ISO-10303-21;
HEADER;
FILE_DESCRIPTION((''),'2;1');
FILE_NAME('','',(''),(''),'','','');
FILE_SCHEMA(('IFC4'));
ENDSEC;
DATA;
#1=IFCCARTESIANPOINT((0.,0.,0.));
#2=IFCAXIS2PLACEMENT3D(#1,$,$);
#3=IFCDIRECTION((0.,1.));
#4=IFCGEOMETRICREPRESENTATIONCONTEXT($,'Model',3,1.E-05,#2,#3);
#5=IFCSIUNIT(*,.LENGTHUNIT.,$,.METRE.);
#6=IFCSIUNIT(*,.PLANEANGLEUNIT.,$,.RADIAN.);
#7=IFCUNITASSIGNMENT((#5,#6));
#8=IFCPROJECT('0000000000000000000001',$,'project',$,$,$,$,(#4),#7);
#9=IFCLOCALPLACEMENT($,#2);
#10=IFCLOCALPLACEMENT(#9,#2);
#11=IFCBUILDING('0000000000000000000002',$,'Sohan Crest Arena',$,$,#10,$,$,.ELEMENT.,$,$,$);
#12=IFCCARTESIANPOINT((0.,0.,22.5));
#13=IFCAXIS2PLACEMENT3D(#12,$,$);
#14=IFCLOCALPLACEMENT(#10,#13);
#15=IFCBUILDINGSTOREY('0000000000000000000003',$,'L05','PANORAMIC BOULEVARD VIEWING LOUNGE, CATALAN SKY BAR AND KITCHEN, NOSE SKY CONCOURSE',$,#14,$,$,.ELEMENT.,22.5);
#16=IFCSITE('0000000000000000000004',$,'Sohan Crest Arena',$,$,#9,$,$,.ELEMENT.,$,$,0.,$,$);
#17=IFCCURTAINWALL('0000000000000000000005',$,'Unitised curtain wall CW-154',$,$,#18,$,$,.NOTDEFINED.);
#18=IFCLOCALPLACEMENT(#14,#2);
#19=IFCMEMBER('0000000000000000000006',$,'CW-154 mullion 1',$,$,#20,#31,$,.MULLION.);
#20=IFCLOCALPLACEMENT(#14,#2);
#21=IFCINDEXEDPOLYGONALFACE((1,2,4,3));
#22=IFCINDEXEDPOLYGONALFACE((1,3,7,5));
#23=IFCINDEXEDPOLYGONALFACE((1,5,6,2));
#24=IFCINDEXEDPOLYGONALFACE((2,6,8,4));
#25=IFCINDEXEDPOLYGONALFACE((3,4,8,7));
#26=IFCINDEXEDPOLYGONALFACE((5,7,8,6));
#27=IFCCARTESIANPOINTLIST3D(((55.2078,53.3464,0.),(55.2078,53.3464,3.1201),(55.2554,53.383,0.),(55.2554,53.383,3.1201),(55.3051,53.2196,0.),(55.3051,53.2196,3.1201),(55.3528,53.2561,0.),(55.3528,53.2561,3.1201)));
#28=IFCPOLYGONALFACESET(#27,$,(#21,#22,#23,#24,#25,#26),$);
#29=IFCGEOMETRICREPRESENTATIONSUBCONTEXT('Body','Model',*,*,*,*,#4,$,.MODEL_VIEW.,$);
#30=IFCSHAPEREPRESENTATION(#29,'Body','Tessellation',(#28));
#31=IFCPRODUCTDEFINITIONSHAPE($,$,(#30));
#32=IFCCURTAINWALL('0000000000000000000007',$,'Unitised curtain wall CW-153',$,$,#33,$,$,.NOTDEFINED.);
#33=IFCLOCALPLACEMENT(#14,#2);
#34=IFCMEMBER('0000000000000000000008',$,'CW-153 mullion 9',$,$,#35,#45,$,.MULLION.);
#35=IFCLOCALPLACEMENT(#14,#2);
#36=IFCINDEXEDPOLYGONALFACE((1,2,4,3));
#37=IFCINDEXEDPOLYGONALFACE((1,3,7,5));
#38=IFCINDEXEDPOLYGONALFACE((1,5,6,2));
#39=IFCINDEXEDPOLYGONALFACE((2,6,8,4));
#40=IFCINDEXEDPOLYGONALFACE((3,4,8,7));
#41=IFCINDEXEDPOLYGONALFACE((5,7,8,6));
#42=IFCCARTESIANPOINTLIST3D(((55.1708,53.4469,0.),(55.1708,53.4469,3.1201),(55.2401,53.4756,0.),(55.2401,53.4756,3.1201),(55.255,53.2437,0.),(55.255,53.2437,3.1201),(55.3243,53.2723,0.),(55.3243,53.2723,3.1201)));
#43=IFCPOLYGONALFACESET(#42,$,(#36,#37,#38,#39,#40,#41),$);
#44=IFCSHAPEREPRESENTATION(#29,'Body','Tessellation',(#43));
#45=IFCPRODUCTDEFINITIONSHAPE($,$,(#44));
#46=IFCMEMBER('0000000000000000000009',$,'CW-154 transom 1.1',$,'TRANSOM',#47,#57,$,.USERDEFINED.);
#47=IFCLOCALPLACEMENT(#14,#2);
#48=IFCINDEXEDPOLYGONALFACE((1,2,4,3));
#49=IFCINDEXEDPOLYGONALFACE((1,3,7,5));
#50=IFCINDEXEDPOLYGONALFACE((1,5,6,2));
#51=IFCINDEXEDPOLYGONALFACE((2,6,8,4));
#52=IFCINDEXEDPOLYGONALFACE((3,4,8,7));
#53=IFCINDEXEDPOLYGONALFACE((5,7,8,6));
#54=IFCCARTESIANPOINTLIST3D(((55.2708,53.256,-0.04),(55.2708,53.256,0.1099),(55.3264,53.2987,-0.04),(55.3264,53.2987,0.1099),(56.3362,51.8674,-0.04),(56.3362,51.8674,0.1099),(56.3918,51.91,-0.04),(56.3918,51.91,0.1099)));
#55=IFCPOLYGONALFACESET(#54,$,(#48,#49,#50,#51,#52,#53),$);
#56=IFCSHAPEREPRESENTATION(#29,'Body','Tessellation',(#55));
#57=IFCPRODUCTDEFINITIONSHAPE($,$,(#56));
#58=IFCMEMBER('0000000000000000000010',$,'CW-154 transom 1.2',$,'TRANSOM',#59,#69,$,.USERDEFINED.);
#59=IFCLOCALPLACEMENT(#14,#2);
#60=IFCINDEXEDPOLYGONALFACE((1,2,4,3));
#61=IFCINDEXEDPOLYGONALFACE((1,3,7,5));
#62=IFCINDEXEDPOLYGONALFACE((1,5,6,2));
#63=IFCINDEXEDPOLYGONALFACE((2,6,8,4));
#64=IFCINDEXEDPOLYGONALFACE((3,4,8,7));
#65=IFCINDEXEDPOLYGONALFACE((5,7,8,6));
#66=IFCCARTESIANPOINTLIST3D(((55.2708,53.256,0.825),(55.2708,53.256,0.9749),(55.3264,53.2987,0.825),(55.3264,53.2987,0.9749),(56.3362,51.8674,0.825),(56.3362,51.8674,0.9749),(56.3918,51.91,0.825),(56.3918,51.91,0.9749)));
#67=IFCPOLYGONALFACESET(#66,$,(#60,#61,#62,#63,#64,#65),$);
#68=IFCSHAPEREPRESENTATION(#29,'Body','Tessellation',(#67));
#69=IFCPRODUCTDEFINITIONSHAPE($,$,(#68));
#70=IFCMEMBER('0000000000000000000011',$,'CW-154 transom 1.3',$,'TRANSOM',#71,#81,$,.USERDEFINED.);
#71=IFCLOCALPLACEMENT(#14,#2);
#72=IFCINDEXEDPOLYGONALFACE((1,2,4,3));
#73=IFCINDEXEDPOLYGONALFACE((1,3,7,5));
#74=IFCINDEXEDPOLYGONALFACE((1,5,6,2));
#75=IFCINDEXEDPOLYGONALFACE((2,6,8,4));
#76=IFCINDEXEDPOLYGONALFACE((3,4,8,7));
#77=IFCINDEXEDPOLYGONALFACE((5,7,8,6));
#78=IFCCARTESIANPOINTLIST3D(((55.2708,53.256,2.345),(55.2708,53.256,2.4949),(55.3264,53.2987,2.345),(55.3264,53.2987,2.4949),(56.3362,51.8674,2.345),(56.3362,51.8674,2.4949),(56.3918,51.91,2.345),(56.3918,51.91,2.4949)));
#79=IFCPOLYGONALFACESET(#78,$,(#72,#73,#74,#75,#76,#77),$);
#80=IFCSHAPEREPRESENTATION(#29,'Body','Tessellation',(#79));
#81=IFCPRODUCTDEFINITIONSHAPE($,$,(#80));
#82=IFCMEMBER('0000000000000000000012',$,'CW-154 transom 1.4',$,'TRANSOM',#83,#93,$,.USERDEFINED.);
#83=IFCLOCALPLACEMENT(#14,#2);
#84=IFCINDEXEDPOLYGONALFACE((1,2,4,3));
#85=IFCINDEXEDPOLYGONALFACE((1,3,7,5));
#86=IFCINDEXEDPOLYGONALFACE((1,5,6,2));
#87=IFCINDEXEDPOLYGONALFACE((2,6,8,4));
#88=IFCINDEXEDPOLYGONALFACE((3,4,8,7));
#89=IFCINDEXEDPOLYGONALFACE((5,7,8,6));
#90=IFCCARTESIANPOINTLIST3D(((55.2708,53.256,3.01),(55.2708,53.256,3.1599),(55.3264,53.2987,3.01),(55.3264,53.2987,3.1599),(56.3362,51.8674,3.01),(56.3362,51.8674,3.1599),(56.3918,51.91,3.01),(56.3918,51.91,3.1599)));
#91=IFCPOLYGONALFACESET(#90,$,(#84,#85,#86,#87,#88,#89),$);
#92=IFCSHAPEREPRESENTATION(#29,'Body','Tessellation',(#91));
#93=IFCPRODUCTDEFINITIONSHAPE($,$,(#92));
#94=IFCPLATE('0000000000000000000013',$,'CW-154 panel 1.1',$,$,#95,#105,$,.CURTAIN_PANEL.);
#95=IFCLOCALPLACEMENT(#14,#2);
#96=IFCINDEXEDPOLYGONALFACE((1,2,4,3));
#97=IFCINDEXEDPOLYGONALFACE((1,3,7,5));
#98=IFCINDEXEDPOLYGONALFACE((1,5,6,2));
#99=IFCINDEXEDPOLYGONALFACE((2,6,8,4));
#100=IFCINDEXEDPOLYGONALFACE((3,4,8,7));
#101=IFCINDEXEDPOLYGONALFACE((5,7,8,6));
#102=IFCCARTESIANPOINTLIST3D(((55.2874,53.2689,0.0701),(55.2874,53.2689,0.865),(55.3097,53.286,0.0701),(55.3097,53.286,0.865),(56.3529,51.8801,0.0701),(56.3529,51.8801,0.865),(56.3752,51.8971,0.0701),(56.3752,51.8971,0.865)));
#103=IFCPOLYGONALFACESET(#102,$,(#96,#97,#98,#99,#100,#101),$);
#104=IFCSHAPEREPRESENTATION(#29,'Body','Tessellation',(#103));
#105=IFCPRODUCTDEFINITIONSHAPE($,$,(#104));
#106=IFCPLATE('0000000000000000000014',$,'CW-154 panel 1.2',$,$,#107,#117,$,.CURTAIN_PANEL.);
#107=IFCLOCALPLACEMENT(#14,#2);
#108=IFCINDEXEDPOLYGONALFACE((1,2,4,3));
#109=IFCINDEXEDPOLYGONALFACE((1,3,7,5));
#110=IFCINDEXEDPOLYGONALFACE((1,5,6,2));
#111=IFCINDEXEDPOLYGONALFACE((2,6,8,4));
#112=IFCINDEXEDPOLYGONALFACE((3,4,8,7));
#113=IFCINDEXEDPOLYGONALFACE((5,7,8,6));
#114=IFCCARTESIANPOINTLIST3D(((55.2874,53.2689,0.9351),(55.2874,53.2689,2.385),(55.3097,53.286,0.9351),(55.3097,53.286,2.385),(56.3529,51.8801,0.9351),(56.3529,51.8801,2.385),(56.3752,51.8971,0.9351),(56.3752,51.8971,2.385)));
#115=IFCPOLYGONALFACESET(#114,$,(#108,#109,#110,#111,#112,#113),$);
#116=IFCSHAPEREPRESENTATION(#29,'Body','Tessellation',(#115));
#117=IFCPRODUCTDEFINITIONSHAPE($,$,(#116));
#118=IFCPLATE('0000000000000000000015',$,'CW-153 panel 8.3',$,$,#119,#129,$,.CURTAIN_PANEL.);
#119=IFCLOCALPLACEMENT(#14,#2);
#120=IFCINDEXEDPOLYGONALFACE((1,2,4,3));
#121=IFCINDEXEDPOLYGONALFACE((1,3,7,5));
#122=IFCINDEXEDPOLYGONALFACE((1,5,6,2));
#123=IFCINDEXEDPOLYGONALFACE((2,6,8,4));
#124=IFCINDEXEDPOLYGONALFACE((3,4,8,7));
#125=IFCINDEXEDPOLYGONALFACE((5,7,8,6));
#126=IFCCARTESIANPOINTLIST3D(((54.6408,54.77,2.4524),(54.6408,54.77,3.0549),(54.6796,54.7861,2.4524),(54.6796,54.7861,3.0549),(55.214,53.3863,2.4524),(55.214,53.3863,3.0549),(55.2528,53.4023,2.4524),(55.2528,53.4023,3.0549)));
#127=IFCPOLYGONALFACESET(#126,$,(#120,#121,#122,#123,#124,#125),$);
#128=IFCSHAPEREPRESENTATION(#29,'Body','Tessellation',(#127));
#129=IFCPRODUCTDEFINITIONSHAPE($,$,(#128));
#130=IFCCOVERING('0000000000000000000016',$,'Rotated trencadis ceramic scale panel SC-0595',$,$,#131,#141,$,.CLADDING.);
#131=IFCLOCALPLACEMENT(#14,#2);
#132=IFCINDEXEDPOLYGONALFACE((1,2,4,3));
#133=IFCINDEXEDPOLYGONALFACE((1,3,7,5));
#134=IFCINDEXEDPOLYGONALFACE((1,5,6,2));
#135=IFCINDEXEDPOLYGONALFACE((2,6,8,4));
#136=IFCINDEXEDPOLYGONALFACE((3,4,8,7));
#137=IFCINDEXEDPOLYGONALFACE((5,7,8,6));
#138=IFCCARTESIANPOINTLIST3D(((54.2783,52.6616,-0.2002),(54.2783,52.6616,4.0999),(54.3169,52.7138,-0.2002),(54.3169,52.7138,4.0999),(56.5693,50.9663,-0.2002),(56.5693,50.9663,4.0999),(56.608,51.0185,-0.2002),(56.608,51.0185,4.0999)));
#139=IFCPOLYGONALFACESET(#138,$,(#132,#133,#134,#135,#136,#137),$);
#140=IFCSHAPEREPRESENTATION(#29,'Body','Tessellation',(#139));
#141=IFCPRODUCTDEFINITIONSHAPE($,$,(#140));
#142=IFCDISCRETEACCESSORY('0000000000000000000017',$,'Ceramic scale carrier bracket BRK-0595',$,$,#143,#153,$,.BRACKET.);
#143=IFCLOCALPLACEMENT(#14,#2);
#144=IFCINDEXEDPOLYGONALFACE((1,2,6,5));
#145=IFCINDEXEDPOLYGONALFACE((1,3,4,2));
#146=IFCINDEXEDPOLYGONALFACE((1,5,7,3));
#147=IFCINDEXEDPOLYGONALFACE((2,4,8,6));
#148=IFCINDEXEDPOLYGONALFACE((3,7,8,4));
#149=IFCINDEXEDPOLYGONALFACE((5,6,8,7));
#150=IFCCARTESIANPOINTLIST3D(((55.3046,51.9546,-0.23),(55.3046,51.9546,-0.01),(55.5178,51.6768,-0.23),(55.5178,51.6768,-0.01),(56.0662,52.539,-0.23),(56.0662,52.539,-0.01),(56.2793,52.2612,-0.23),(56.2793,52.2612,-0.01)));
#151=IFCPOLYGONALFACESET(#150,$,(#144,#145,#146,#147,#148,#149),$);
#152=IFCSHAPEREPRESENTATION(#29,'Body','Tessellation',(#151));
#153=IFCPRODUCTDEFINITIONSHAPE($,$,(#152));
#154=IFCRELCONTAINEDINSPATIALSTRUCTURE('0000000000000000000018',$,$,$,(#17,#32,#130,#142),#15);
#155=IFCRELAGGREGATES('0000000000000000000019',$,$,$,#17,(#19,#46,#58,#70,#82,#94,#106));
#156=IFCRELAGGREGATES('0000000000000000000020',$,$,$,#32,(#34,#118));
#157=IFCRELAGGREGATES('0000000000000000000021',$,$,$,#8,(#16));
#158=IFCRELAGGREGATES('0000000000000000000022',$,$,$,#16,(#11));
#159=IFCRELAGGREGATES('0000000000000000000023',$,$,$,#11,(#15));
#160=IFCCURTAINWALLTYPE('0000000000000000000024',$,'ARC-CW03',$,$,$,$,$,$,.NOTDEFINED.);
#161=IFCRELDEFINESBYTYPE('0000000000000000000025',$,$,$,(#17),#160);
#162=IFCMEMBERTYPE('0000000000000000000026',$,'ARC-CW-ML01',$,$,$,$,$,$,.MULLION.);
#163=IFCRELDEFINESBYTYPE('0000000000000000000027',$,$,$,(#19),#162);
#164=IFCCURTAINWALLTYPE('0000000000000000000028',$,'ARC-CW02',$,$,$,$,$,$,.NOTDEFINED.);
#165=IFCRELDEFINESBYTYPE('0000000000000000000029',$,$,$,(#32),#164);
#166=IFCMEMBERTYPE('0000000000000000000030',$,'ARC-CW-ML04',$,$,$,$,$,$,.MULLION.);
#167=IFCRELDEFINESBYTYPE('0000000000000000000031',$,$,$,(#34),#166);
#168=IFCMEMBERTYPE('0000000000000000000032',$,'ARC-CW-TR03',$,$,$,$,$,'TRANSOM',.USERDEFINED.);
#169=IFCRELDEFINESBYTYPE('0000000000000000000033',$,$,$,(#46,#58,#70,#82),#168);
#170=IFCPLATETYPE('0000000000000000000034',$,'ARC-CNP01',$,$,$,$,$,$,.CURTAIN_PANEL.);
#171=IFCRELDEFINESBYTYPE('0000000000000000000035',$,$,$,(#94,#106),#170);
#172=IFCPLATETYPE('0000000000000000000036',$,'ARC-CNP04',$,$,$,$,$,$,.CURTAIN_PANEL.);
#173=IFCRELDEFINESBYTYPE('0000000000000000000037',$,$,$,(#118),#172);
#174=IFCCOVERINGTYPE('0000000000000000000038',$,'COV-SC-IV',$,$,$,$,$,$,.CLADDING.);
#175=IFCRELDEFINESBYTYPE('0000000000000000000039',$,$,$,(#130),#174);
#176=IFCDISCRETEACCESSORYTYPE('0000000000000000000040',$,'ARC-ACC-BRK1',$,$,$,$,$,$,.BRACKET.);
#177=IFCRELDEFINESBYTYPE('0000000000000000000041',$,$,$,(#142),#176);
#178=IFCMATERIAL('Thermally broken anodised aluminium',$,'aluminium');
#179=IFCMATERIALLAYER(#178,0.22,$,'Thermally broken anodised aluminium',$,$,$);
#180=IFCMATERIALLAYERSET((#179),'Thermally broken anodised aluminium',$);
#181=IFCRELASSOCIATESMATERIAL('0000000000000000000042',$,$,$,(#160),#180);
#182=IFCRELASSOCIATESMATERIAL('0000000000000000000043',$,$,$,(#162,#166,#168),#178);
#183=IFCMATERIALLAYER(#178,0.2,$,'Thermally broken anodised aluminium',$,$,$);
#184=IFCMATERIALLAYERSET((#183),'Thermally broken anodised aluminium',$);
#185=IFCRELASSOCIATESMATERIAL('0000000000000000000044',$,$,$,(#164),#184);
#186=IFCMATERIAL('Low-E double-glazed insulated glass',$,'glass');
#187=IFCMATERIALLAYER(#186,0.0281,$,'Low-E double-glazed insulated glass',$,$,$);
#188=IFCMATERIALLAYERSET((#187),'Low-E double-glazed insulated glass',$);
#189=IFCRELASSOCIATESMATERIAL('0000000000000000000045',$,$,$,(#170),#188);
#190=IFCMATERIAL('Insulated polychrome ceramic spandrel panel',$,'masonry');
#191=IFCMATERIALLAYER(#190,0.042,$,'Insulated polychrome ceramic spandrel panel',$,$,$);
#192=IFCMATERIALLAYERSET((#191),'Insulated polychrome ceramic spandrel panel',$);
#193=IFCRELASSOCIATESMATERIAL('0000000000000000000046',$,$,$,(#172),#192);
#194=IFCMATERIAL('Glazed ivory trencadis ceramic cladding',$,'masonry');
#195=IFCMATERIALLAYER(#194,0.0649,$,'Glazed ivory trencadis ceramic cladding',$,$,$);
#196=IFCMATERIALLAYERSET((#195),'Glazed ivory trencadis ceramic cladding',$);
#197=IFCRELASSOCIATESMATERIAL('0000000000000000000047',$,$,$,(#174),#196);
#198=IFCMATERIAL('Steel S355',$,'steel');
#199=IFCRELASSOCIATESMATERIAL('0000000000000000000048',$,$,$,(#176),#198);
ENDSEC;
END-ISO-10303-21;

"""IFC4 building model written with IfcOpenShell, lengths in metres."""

from ifc_helpers import new_model, si_unit, direction, frame, origin, origin_2d, place, context, subcontext, project, spatial, rectangle, extrude, material, layer, layer_set, material_profile, profile_set, type_object, element, aggregate, save


model = new_model("IFC4")

# Units and contexts
model_context = context("Model", 3, precision=1e-05, world=origin(), true_north=direction((0.0, 1.0)))
body_context = subcontext(model_context, "Body", "Model", "MODEL_VIEW")
ifc_project = project(units=[si_unit("LENGTHUNIT", "METRE"), si_unit("PLANEANGLEUNIT", "RADIAN")], contexts=[model_context])

# Site, building, storey
site_placement = place(None, origin())
site = spatial("IfcSite", under=ifc_project, at=site_placement, Name="Sohan Crest Arena", CompositionType="ELEMENT", RefElevation=0.0)
building_placement = place(site_placement, origin())
building = spatial("IfcBuilding", under=site, at=building_placement, Name="Sohan Crest Arena", CompositionType="ELEMENT")
storey_placement = place(building_placement, frame((0.0, 0.0, 22.5)))
storey = spatial("IfcBuildingStorey", under=building, at=storey_placement, Name="L05", Description="PANORAMIC BOULEVARD VIEWING LOUNGE, CATALAN SKY BAR AND KITCHEN, NOSE SKY CONCOURSE", CompositionType="ELEMENT", Elevation=22.5)

# Curtain walls, members
ifc_material_1 = material(Name="Thermally broken anodised aluminium", Category="aluminium")
ifc_layer_1 = layer(ifc_material_1, 0.22, Name="Thermally broken anodised aluminium")
ifc_layer_set_1 = layer_set([ifc_layer_1], Name="Thermally broken anodised aluminium")
curtain_wall_type_1 = type_object("IfcCurtainWallType", Name="ARC-CW03", PredefinedType="NOTDEFINED", material=ifc_layer_set_1)
curtain_wall_1_placement = place(storey_placement, origin())
curtain_wall_1 = element("IfcCurtainWall", 1, at=curtain_wall_1_placement, inside=storey, type_object=curtain_wall_type_1, Name="Unitised curtain wall CW-154", PredefinedType="NOTDEFINED")
ifc_material_profile_1 = material_profile(ifc_material_1, rectangle(XDim=0.0601, YDim=0.1599, at=origin_2d()), Name="ALU-MULL 60x160")
ifc_profile_set_1 = profile_set([ifc_material_profile_1], Name="Thermally broken anodised aluminium")
member_type_1 = type_object("IfcMemberType", Name="ARC-CW-ML01", PredefinedType="MULLION", material=ifc_profile_set_1)
member_1_placement = place(storey_placement, frame((55.2803, 53.3013, 0.0), z_axis=(0.0, 0.0, 1.0), x_axis=(0.793385, 0.60872, 0.0)))
member_1 = element("IfcMember", 2, at=member_1_placement, type_object=member_type_1, Name="CW-154 mullion 1", PredefinedType="MULLION", context=body_context, shape_type="SweptSolid", body=[
    extrude(rectangle(XDim=0.0601, YDim=0.1599, at=origin_2d()), origin(), (0.0, 0.0, 1.0), 3.1201),
])
ifc_layer_2 = layer(ifc_material_1, 0.2, Name="Thermally broken anodised aluminium")
ifc_layer_set_2 = layer_set([ifc_layer_2], Name="Thermally broken anodised aluminium")
curtain_wall_type_2 = type_object("IfcCurtainWallType", Name="ARC-CW02", PredefinedType="NOTDEFINED", material=ifc_layer_set_2)
curtain_wall_2_placement = place(storey_placement, origin())
curtain_wall_2 = element("IfcCurtainWall", 3, at=curtain_wall_2_placement, inside=storey, type_object=curtain_wall_type_2, Name="Unitised curtain wall CW-153", PredefinedType="NOTDEFINED")
ifc_material_profile_2 = material_profile(ifc_material_1, rectangle(XDim=0.075, YDim=0.22, at=origin_2d()), Name="ALU-MULL 75x220")
ifc_profile_set_2 = profile_set([ifc_material_profile_2], Name="Thermally broken anodised aluminium")
member_type_2 = type_object("IfcMemberType", Name="ARC-CW-ML04", PredefinedType="MULLION", material=ifc_profile_set_2)
member_2_placement = place(storey_placement, frame((55.2476, 53.3596, 0.0), z_axis=(0.0, 0.0, 1.0), x_axis=(0.923879, 0.382685, 0.0)))
member_2 = element("IfcMember", 4, at=member_2_placement, type_object=member_type_2, Name="CW-153 mullion 9", PredefinedType="MULLION", context=body_context, shape_type="SweptSolid", body=[
    extrude(rectangle(XDim=0.075, YDim=0.22, at=origin_2d()), origin(), (0.0, 0.0, 1.0), 3.1201),
])

# Members
ifc_material_profile_3 = material_profile(ifc_material_1, rectangle(XDim=0.0701, YDim=0.1499, at=origin_2d()), Name="ALU-TRAN 70x150")
ifc_profile_set_3 = profile_set([ifc_material_profile_3], Name="Thermally broken anodised aluminium")
member_type_3 = type_object("IfcMemberType", Name="ARC-CW-TR03", ElementType="TRANSOM", PredefinedType="USERDEFINED", material=ifc_profile_set_3)
member_3_placement = place(storey_placement, frame((55.2986, 53.2773, 0.0349), z_axis=(0.608713, -0.793391, 0.0), x_axis=(0.793391, 0.608713, 0.0)))
member_3 = element("IfcMember", 5, at=member_3_placement, type_object=member_type_3, Name="CW-154 transom 1.1", ObjectType="TRANSOM", PredefinedType="USERDEFINED", context=body_context, shape_type="SweptSolid", body=[
    extrude(rectangle(XDim=0.0701, YDim=0.1499, at=origin_2d()), origin(), (0.0, 0.0, 1.0), 1.7502),
])
member_4_placement = place(storey_placement, frame((55.2986, 53.2773, 0.8999), z_axis=(0.608713, -0.793391, 0.0), x_axis=(0.793391, 0.608713, 0.0)))
member_4 = element("IfcMember", 6, at=member_4_placement, type_object=member_type_3, Name="CW-154 transom 1.2", ObjectType="TRANSOM", PredefinedType="USERDEFINED", context=body_context, shape_type="SweptSolid", body=[
    extrude(rectangle(XDim=0.0701, YDim=0.1499, at=origin_2d()), origin(), (0.0, 0.0, 1.0), 1.7502),
])
member_5_placement = place(storey_placement, frame((55.2986, 53.2773, 2.4199), z_axis=(0.608713, -0.793391, 0.0), x_axis=(0.793391, 0.608713, 0.0)))
member_5 = element("IfcMember", 7, at=member_5_placement, type_object=member_type_3, Name="CW-154 transom 1.3", ObjectType="TRANSOM", PredefinedType="USERDEFINED", context=body_context, shape_type="SweptSolid", body=[
    extrude(rectangle(XDim=0.0701, YDim=0.1499, at=origin_2d()), origin(), (0.0, 0.0, 1.0), 1.7502),
])
member_6_placement = place(storey_placement, frame((55.2986, 53.2773, 3.085), z_axis=(0.608713, -0.793391, 0.0), x_axis=(0.793391, 0.608713, 0.0)))
member_6 = element("IfcMember", 8, at=member_6_placement, type_object=member_type_3, Name="CW-154 transom 1.4", ObjectType="TRANSOM", PredefinedType="USERDEFINED", context=body_context, shape_type="SweptSolid", body=[
    extrude(rectangle(XDim=0.0701, YDim=0.1499, at=origin_2d()), origin(), (0.0, 0.0, 1.0), 1.7502),
])

# Plates
ifc_material_2 = material(Name="Low-E double-glazed insulated glass", Category="glass")
ifc_layer_3 = layer(ifc_material_2, 0.0281, Name="Low-E double-glazed insulated glass")
ifc_layer_set_3 = layer_set([ifc_layer_3], Name="Low-E double-glazed insulated glass")
plate_type_1 = type_object("IfcPlateType", Name="ARC-CNP01", PredefinedType="CURTAIN_PANEL", material=ifc_layer_set_3)
plate_1_placement = place(storey_placement, frame((55.8313, 52.583, 0.0701), z_axis=(0.0, 0.0, 1.0), x_axis=(0.60872, -0.793385, 0.0)))
plate_1 = element("IfcPlate", 9, at=plate_1_placement, type_object=plate_type_1, Name="CW-154 panel 1.1", PredefinedType="CURTAIN_PANEL", context=body_context, shape_type="SweptSolid", body=[
    extrude(rectangle(XDim=1.7505, YDim=0.0281, at=origin_2d()), origin(), (0.0, 0.0, 1.0), 0.7949),
])
plate_2_placement = place(storey_placement, frame((55.8313, 52.583, 0.9351), z_axis=(0.0, 0.0, 1.0), x_axis=(0.60872, -0.793385, 0.0)))
plate_2 = element("IfcPlate", 10, at=plate_2_placement, type_object=plate_type_1, Name="CW-154 panel 1.2", PredefinedType="CURTAIN_PANEL", context=body_context, shape_type="SweptSolid", body=[
    extrude(rectangle(XDim=1.7505, YDim=0.0281, at=origin_2d()), origin(), (0.0, 0.0, 1.0), 1.45),
])
aggregate(curtain_wall_1, [member_1, member_3, member_4, member_5, member_6, plate_1, plate_2])
ifc_material_3 = material(Name="Insulated polychrome ceramic spandrel panel", Category="masonry")
ifc_layer_4 = layer(ifc_material_3, 0.042, Name="Insulated polychrome ceramic spandrel panel")
ifc_layer_set_4 = layer_set([ifc_layer_4], Name="Insulated polychrome ceramic spandrel panel")
plate_type_2 = type_object("IfcPlateType", Name="ARC-CNP04", PredefinedType="CURTAIN_PANEL", material=ifc_layer_set_4)
plate_3_placement = place(storey_placement, frame((54.9468, 54.0862, 2.4524), z_axis=(0.0, 0.0, 1.0), x_axis=(0.382685, -0.923879, 0.0)))
plate_3 = element("IfcPlate", 11, at=plate_3_placement, type_object=plate_type_2, Name="CW-153 panel 8.3", PredefinedType="CURTAIN_PANEL", context=body_context, shape_type="SweptSolid", body=[
    extrude(rectangle(XDim=1.4978, YDim=0.042, at=origin_2d()), origin(), (0.0, 0.0, 1.0), 0.6025),
])
aggregate(curtain_wall_2, [member_2, plate_3])

# Covering
ifc_material_4 = material(Name="Glazed ivory trencadis ceramic cladding", Category="masonry")
ifc_layer_5 = layer(ifc_material_4, 0.0649, Name="Glazed ivory trencadis ceramic cladding")
ifc_layer_set_5 = layer_set([ifc_layer_5], Name="Glazed ivory trencadis ceramic cladding")
covering_type = type_object("IfcCoveringType", Name="COV-SC-IV", PredefinedType="CLADDING", material=ifc_layer_set_5)
covering_placement = place(storey_placement, frame((55.4431, 51.8401, -0.2002), z_axis=(0.0, 0.0, 1.0), x_axis=(0.803857, -0.594823, 0.0)))
element("IfcCovering", 12, at=covering_placement, inside=storey, type_object=covering_type, Name="Rotated trencadis ceramic scale panel SC-0595", PredefinedType="CLADDING", context=body_context, shape_type="SweptSolid", body=[
    extrude(rectangle(XDim=2.8501, YDim=0.0649, at=origin_2d()), origin(), (0.0, 0.0, 1.0), 4.3),
])

# Discrete accessory
ifc_material_5 = material(Name="Steel S355", Category="steel")
discrete_accessory_type = type_object("IfcDiscreteAccessoryType", Name="ARC-ACC-BRK1", PredefinedType="BRACKET", material=ifc_material_5)
discrete_accessory_placement = place(storey_placement, frame((55.792, 52.1079, -0.23), z_axis=(0.0, 0.0, 1.0), x_axis=(0.608761, -0.793353, 0.0)))
element("IfcDiscreteAccessory", 13, at=discrete_accessory_placement, inside=storey, type_object=discrete_accessory_type, Name="Ceramic scale carrier bracket BRK-0595", PredefinedType="BRACKET", context=body_context, shape_type="SweptSolid", body=[
    extrude(rectangle(XDim=0.3501, YDim=0.96, at=origin_2d()), origin(), (0.0, 0.0, 1.0), 0.22),
])

save(model, "model.ifc")
